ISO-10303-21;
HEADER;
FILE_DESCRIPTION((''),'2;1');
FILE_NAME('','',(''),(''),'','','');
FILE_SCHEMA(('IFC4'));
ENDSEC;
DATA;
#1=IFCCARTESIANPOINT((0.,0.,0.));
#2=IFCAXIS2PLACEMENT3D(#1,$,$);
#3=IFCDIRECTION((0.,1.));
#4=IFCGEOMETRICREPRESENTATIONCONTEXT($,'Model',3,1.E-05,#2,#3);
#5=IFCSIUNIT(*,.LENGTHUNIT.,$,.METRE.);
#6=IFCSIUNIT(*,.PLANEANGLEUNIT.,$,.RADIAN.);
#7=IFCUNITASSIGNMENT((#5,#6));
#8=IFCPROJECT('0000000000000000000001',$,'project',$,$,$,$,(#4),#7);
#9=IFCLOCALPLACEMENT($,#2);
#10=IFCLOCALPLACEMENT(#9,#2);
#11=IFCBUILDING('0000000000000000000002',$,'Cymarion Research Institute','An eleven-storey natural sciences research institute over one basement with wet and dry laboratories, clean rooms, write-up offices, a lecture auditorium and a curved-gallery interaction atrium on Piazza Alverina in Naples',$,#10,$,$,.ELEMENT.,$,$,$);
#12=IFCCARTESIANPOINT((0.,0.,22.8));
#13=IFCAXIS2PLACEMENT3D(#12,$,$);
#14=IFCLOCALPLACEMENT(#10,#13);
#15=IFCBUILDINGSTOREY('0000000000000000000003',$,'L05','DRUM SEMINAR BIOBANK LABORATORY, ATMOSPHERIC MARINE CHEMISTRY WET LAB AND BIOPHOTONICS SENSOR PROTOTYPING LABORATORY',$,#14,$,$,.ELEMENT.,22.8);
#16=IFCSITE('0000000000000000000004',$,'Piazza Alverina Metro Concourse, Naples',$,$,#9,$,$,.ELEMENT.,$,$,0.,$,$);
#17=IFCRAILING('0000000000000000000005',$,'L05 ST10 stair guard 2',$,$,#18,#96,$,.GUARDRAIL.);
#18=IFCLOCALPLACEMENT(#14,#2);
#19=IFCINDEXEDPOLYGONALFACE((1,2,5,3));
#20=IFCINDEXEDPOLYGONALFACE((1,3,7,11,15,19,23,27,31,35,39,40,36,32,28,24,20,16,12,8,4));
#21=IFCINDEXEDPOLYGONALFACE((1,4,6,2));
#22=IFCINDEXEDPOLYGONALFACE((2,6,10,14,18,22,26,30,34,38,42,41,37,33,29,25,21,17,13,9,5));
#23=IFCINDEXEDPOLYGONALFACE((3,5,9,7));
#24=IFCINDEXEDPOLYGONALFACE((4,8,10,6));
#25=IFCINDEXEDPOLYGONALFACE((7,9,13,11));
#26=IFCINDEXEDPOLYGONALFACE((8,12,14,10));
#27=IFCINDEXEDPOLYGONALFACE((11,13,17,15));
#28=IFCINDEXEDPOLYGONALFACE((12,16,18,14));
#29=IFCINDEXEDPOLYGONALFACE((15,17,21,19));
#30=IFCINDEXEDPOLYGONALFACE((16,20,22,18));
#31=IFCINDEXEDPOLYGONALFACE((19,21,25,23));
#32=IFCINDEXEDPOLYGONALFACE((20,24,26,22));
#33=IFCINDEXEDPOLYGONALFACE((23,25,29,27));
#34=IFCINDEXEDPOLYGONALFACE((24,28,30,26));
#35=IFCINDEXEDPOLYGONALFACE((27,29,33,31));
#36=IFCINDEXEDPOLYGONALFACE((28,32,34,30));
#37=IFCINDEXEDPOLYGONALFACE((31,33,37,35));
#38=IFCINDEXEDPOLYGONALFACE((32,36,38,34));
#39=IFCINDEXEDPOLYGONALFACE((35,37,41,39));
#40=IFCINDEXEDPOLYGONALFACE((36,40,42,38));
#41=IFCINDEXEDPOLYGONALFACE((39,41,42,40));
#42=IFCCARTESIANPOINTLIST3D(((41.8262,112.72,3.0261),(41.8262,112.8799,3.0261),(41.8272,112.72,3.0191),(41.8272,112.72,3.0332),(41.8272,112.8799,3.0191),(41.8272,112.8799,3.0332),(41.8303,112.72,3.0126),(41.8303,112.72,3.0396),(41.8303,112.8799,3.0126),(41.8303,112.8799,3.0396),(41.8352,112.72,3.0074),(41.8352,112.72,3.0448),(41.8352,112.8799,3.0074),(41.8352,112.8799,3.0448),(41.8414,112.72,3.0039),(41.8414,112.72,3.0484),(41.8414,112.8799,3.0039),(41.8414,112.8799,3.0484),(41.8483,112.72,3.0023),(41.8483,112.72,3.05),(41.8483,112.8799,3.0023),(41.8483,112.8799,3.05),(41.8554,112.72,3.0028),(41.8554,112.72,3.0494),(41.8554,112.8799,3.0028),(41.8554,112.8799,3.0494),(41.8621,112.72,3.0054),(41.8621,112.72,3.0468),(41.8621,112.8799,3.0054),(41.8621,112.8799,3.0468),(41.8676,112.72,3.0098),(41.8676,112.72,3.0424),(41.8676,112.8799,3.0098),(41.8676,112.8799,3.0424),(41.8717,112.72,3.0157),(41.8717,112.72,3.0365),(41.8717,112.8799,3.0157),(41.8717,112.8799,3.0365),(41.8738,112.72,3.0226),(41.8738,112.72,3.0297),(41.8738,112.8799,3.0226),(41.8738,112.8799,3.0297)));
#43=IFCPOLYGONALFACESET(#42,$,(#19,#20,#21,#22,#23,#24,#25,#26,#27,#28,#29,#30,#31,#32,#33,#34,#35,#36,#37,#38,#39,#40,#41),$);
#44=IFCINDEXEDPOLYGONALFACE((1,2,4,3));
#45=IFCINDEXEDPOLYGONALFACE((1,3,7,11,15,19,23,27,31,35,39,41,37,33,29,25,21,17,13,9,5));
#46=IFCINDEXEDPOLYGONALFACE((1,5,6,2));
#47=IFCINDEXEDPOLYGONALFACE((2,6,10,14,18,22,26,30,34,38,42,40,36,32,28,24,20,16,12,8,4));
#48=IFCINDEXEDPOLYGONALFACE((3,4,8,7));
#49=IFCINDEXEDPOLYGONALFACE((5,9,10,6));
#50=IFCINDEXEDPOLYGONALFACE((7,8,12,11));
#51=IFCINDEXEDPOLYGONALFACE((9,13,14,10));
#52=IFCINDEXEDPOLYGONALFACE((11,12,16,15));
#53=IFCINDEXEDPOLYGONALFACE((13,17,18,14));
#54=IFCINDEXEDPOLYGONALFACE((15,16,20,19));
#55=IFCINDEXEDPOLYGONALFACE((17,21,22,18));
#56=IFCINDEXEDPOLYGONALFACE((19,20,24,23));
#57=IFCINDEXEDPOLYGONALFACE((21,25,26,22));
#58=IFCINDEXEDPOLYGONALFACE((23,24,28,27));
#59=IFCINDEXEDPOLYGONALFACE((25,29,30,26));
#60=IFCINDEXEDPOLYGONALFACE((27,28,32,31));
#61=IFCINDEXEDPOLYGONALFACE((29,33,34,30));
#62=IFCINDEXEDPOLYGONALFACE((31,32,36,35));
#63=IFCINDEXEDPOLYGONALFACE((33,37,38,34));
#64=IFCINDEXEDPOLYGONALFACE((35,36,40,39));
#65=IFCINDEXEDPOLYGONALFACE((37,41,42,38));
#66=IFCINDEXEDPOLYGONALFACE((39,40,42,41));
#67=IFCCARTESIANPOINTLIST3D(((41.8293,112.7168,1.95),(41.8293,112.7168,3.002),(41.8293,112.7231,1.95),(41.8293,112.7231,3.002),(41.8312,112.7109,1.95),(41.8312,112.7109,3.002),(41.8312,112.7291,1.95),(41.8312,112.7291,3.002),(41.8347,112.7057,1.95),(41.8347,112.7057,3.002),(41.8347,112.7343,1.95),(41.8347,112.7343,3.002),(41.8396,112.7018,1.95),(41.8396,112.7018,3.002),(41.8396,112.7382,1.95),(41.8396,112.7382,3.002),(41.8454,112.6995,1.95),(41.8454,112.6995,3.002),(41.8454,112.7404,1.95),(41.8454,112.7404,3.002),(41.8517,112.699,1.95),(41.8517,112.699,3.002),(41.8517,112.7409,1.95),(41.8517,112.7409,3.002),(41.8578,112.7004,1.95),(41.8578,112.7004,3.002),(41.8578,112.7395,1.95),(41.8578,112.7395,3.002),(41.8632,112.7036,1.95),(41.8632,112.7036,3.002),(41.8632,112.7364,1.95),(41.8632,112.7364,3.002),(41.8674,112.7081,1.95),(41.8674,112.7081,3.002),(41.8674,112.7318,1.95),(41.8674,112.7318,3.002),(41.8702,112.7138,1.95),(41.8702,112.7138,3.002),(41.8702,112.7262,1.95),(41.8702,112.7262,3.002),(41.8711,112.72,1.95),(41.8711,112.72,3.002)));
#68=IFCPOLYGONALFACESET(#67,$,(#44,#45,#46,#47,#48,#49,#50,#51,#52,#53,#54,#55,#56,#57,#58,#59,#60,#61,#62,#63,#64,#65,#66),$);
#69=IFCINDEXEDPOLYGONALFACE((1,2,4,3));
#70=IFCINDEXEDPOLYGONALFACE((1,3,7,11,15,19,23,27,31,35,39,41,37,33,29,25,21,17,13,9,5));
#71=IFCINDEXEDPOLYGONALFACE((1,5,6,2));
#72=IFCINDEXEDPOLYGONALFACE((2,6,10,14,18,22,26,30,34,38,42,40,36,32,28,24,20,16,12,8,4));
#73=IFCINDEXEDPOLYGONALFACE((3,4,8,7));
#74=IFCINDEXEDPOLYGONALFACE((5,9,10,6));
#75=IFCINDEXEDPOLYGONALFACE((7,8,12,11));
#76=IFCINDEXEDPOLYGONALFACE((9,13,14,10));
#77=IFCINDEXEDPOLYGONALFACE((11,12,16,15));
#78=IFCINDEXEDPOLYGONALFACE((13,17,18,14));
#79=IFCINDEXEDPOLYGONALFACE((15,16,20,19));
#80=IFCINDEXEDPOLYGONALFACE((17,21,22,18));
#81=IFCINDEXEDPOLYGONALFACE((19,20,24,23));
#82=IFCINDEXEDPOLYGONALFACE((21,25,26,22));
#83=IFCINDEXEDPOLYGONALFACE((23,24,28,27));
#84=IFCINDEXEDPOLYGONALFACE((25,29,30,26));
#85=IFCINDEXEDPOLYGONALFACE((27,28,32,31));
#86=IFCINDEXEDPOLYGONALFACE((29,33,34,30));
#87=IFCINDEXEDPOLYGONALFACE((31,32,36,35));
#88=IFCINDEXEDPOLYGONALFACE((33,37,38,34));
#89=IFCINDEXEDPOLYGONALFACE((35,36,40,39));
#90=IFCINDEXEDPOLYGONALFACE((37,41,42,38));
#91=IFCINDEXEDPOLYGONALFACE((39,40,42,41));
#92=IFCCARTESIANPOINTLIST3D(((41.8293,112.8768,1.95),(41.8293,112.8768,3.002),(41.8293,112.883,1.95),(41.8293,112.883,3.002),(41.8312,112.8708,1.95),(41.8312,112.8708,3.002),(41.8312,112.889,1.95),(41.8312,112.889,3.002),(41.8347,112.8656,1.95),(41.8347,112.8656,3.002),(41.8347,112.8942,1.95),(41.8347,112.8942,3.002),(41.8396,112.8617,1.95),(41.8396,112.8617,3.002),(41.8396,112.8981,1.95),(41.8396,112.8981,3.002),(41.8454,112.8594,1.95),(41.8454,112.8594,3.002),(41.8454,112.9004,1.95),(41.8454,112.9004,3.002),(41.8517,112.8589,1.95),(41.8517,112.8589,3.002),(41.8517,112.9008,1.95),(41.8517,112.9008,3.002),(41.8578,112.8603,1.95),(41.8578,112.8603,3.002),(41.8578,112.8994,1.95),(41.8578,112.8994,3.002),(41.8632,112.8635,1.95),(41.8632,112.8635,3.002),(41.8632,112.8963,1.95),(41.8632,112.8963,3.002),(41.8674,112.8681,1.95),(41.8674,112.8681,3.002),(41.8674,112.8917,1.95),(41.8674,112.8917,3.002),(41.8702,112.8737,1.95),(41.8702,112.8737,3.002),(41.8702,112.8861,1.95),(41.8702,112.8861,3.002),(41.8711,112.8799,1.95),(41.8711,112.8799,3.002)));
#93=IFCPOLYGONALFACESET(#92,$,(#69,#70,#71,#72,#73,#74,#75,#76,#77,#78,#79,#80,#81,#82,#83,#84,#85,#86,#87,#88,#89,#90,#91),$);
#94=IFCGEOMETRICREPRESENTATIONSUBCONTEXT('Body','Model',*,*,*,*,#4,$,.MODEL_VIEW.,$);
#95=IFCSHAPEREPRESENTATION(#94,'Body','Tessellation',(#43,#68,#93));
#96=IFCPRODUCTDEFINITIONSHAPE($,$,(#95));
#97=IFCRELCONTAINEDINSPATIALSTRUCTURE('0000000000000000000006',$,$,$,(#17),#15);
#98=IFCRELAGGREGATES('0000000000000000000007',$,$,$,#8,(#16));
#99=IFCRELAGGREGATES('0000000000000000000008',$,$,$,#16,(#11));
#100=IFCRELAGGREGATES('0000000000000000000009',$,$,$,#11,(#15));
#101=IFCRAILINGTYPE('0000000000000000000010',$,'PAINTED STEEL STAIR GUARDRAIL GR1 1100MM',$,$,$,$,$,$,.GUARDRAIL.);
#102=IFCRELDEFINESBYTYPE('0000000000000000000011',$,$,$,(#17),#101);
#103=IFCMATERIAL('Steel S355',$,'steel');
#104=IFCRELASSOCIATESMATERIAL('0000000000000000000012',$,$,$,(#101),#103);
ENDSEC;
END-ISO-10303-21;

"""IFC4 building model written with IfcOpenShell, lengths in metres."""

from ifc_helpers import new_model, si_unit, direction, frame, origin, origin_2d, place, context, subcontext, project, spatial, circle, extrude, material, type_object, element, save


model = new_model("IFC4")

# Units and contexts
model_context = context("Model", 3, precision=1e-05, world=origin(), true_north=direction((0.0, 1.0)))
body_context = subcontext(model_context, "Body", "Model", "MODEL_VIEW")
ifc_project = project(units=[si_unit("LENGTHUNIT", "METRE"), si_unit("PLANEANGLEUNIT", "RADIAN")], contexts=[model_context])

# Site, building, storey
site_placement = place(None, origin())
site = spatial("IfcSite", under=ifc_project, at=site_placement, Name="Piazza Alverina Metro Concourse, Naples", CompositionType="ELEMENT", RefElevation=0.0)
building_placement = place(site_placement, origin())
building = spatial("IfcBuilding", under=site, at=building_placement, Name="Cymarion Research Institute", Description="An eleven-storey natural sciences research institute over one basement with wet and dry laboratories, clean rooms, write-up offices, a lecture auditorium and a curved-gallery interaction atrium on Piazza Alverina in Naples", CompositionType="ELEMENT")
storey_placement = place(building_placement, frame((0.0, 0.0, 22.8)))
storey = spatial("IfcBuildingStorey", under=building, at=storey_placement, Name="L05", Description="DRUM SEMINAR BIOBANK LABORATORY, ATMOSPHERIC MARINE CHEMISTRY WET LAB AND BIOPHOTONICS SENSOR PROTOTYPING LABORATORY", CompositionType="ELEMENT", Elevation=22.8)

# Shared definitions
ifc_material_1 = material(Name="Steel S355", Category="steel")

# Railing
railing_type_1 = type_object("IfcRailingType", Name="PAINTED STEEL STAIR GUARDRAIL GR1 1100MM", PredefinedType="GUARDRAIL", material=ifc_material_1)
railing_1_placement = place(storey_placement, frame((41.8501, 112.72, 1.95)))
element("IfcRailing", 1, at=railing_1_placement, inside=storey, type_object=railing_type_1, Name="L05 ST10 stair guard 2", PredefinedType="GUARDRAIL", context=body_context, shape_type="SweptSolid", body=[
    extrude(circle(Radius=0.0239, at=origin_2d()), frame((0.0, 0.0, 1.0762), z_axis=(0.0, 1.0, 0.0), x_axis=(-1.0, 0.0, 0.0)), (0.0, 0.0, 1.0), 0.1599),
    extrude(circle(Radius=0.021, at=origin_2d()), origin(), (0.0, 0.0, 1.0), 1.052),
    extrude(circle(Radius=0.021, at=origin_2d()), frame((0.0, 0.1599, 0.0)), (0.0, 0.0, 1.0), 1.052),
])

save(model, "model.ifc")
